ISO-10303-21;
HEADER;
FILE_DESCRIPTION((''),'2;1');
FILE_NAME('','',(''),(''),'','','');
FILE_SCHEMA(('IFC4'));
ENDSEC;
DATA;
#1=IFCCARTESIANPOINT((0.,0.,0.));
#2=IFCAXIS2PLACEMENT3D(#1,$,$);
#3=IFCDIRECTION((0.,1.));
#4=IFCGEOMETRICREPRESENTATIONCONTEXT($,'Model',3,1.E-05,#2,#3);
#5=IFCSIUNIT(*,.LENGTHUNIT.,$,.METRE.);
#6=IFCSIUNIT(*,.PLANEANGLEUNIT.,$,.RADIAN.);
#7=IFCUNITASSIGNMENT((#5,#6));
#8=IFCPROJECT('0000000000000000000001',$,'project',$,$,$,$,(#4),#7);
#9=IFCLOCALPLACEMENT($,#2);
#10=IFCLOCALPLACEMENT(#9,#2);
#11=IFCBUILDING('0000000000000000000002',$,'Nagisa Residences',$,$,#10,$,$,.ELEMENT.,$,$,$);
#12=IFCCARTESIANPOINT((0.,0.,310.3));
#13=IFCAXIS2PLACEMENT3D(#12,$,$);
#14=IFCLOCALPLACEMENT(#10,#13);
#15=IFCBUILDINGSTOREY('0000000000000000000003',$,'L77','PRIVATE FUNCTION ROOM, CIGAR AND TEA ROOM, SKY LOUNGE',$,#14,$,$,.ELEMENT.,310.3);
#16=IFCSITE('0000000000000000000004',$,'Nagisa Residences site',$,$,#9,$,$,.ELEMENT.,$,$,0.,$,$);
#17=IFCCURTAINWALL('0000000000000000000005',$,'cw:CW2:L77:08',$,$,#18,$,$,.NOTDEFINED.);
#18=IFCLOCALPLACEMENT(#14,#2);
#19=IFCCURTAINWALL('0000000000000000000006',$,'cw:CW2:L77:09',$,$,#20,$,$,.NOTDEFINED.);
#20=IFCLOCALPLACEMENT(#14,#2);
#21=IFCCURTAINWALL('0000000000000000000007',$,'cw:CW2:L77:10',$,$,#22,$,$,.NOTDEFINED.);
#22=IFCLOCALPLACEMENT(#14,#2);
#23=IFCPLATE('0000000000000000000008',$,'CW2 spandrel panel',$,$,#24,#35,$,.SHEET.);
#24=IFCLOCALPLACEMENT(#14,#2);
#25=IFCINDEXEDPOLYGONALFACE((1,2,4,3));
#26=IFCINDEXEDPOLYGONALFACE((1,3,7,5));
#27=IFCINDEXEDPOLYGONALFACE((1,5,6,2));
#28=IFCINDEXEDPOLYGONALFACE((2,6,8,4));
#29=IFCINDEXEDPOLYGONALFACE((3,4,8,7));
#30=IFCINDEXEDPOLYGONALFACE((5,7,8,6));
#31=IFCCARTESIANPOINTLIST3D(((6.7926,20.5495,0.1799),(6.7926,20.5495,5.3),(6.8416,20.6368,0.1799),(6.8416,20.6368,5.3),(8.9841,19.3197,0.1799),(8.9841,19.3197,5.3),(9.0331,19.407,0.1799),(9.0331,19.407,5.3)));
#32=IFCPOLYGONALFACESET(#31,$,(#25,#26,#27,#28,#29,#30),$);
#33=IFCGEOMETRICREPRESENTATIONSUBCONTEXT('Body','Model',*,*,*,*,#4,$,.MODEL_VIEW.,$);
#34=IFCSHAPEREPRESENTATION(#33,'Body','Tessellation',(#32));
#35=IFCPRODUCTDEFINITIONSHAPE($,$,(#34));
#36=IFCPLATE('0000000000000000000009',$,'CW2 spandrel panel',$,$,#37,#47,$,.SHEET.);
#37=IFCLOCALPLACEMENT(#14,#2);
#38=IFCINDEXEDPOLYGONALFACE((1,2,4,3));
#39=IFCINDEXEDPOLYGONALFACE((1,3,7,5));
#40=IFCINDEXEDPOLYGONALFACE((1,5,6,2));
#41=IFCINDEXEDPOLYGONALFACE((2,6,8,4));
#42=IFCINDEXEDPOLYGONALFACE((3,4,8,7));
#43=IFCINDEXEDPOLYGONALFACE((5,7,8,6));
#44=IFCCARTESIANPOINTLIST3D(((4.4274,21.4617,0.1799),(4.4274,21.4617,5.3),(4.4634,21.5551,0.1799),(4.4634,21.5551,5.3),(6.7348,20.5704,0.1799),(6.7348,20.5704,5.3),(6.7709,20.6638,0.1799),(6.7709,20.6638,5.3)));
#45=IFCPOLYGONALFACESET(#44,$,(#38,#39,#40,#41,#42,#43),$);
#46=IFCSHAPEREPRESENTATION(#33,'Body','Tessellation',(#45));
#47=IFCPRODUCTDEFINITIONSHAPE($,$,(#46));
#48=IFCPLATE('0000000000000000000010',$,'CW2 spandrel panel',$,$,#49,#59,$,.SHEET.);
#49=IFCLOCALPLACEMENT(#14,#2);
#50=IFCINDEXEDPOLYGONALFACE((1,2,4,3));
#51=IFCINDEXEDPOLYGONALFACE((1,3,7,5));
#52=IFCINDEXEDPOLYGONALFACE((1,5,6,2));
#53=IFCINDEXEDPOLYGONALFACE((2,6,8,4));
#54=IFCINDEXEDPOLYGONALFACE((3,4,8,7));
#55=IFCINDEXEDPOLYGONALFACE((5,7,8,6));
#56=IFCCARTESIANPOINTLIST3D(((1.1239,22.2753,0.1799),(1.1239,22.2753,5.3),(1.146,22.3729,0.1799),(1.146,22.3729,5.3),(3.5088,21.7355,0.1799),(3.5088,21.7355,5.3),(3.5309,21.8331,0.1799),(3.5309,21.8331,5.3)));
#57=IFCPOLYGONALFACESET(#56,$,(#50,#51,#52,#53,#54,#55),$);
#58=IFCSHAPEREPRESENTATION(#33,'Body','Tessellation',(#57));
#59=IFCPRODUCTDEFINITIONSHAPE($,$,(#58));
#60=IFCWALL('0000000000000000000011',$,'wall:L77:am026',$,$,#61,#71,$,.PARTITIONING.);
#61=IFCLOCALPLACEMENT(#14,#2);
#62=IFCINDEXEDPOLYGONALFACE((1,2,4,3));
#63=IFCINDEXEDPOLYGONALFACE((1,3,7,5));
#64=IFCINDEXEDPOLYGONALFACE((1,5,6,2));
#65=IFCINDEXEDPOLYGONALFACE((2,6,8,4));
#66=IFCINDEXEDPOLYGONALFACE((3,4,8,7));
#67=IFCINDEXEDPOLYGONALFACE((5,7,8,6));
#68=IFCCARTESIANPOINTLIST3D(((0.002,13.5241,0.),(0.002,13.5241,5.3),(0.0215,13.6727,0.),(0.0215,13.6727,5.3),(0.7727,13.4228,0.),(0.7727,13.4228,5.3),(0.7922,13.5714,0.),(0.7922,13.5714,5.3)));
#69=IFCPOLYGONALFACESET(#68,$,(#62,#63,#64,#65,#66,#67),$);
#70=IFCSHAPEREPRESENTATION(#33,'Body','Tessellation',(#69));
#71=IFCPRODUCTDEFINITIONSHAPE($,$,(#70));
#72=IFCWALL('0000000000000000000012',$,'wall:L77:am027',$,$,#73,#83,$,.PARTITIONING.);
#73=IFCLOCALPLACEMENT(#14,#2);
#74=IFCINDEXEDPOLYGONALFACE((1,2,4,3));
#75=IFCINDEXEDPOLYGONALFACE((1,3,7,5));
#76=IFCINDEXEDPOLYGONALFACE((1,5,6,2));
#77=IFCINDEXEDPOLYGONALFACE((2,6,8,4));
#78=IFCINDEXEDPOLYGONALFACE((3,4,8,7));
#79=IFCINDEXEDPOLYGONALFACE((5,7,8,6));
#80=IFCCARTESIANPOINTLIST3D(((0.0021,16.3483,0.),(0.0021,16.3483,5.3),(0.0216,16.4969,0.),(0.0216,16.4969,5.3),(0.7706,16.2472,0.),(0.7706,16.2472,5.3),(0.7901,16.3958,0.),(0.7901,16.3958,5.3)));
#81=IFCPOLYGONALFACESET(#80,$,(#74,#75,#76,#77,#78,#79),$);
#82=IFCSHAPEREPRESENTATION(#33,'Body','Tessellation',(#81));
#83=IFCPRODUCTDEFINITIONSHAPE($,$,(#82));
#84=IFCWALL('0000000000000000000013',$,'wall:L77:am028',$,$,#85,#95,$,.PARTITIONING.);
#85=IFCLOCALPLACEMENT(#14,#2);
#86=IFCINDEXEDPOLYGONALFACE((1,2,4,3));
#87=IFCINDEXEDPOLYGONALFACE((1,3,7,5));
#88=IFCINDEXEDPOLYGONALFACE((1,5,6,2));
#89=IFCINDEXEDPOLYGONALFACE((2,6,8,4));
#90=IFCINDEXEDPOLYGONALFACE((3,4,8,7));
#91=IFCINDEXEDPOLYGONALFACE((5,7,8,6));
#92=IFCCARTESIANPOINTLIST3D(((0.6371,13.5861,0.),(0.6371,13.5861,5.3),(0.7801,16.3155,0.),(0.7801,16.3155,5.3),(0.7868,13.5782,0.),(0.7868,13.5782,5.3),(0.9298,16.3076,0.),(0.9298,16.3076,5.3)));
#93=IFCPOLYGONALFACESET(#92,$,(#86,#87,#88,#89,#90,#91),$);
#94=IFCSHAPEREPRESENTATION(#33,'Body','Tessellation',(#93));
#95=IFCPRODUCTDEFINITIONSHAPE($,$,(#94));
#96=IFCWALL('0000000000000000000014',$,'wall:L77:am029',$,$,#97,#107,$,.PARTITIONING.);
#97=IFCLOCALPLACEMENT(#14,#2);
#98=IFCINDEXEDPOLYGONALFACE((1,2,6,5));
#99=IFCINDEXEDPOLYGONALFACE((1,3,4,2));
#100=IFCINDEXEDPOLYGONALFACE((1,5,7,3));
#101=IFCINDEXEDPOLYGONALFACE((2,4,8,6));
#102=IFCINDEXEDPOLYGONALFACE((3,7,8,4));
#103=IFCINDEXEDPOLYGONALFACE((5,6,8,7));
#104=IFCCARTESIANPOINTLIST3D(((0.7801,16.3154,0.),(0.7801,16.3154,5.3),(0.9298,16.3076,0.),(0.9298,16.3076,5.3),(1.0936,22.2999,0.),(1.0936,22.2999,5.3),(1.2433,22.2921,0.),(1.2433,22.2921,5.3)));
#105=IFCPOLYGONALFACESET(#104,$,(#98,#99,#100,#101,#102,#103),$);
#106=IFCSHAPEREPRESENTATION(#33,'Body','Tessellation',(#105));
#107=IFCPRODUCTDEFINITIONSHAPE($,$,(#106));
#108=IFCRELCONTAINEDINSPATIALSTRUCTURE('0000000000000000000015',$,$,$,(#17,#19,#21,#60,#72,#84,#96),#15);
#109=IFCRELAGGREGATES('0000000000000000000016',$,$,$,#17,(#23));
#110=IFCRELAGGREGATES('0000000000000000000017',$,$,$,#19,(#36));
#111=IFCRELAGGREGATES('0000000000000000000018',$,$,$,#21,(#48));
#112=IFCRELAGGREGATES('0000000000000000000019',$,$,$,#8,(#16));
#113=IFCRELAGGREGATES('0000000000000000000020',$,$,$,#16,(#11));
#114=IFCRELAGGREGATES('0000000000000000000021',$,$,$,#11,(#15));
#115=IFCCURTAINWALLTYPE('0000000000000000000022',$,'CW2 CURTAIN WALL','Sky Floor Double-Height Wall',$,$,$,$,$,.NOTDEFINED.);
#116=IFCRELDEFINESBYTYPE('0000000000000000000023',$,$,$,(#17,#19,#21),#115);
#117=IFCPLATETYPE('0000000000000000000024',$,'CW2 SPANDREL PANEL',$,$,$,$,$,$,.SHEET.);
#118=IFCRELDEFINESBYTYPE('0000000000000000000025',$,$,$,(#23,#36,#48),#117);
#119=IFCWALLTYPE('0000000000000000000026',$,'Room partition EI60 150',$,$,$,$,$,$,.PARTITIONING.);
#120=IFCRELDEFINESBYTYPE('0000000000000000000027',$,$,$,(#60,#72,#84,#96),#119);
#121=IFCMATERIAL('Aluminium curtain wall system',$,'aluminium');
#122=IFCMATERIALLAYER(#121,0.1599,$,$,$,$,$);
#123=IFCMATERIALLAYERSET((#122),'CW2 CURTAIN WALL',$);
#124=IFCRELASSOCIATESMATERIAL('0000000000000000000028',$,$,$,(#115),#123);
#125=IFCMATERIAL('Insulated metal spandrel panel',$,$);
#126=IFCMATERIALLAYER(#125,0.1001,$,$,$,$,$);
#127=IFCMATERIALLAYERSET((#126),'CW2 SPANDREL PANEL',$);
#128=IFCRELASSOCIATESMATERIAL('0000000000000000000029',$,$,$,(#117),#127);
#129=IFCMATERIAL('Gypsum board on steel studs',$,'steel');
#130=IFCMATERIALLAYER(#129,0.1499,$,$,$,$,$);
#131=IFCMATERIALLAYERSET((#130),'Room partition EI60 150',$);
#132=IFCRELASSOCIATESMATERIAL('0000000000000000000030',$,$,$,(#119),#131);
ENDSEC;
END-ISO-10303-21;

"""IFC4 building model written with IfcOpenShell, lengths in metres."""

from ifc_helpers import new_model, si_unit, direction, frame, frame_2d, origin, origin_2d, place, context, subcontext, project, spatial, rectangle, extrude, material, layer, layer_set, type_object, element, aggregate, save


model = new_model("IFC4")

# Units and contexts
model_context = context("Model", 3, precision=1e-05, world=origin(), true_north=direction((0.0, 1.0)))
body_context = subcontext(model_context, "Body", "Model", "MODEL_VIEW")
ifc_project = project(units=[si_unit("LENGTHUNIT", "METRE"), si_unit("PLANEANGLEUNIT", "RADIAN")], contexts=[model_context])

# Site, building, storey
site_placement = place(None, origin())
site = spatial("IfcSite", under=ifc_project, at=site_placement, Name="Nagisa Residences site", CompositionType="ELEMENT", RefElevation=0.0)
building_placement = place(site_placement, origin())
building = spatial("IfcBuilding", under=site, at=building_placement, Name="Nagisa Residences", CompositionType="ELEMENT")
storey_placement = place(building_placement, frame((0.0, 0.0, 310.3)))
storey = spatial("IfcBuildingStorey", under=building, at=storey_placement, Name="L77", Description="PRIVATE FUNCTION ROOM, CIGAR AND TEA ROOM, SKY LOUNGE", CompositionType="ELEMENT", Elevation=310.3)

# Curtain walls
ifc_material_1 = material(Name="Aluminium curtain wall system", Category="aluminium")
ifc_layer_1 = layer(ifc_material_1, 0.1599)
ifc_layer_set_1 = layer_set([ifc_layer_1], Name="CW2 CURTAIN WALL")
curtain_wall_type = type_object("IfcCurtainWallType", Name="CW2 CURTAIN WALL", Description="Sky Floor Double-Height Wall", PredefinedType="NOTDEFINED", material=ifc_layer_set_1)
curtain_wall_1_placement = place(storey_placement, origin())
curtain_wall_1 = element("IfcCurtainWall", 1, at=curtain_wall_1_placement, inside=storey, type_object=curtain_wall_type, Name="cw:CW2:L77:08", PredefinedType="NOTDEFINED")
curtain_wall_2_placement = place(storey_placement, origin())
curtain_wall_2 = element("IfcCurtainWall", 2, at=curtain_wall_2_placement, inside=storey, type_object=curtain_wall_type, Name="cw:CW2:L77:09", PredefinedType="NOTDEFINED")
curtain_wall_3_placement = place(storey_placement, origin())
curtain_wall_3 = element("IfcCurtainWall", 3, at=curtain_wall_3_placement, inside=storey, type_object=curtain_wall_type, Name="cw:CW2:L77:10", PredefinedType="NOTDEFINED")

# Plates
ifc_material_2 = material(Name="Insulated metal spandrel panel")
ifc_layer_2 = layer(ifc_material_2, 0.1001)
ifc_layer_set_2 = layer_set([ifc_layer_2], Name="CW2 SPANDREL PANEL")
plate_type = type_object("IfcPlateType", Name="CW2 SPANDREL PANEL", PredefinedType="SHEET", material=ifc_layer_set_2)
plate_1_placement = place(storey_placement, frame((7.9128, 19.9783, 0.1799), z_axis=(0.0, 0.0, 1.0), x_axis=(-0.872072, 0.489377, 0.0)))
plate_1 = element("IfcPlate", 4, at=plate_1_placement, type_object=plate_type, Name="CW2 spandrel panel", PredefinedType="SHEET", context=body_context, shape_type="SweptSolid", body=[
    extrude(rectangle(XDim=2.5129, YDim=0.1001, at=origin_2d()), origin(), (0.0, 0.0, 1.0), 5.1201),
])
aggregate(curtain_wall_1, [plate_1])
plate_2_placement = place(storey_placement, frame((5.5991, 21.0627, 0.1799), z_axis=(0.0, 0.0, 1.0), x_axis=(-0.932826, 0.360328, 0.0)))
plate_2 = element("IfcPlate", 5, at=plate_2_placement, type_object=plate_type, Name="CW2 spandrel panel", PredefinedType="SHEET", context=body_context, shape_type="SweptSolid", body=[
    extrude(rectangle(XDim=2.4736, YDim=0.1001, at=origin_2d()), origin(), (0.0, 0.0, 1.0), 5.1201),
])
aggregate(curtain_wall_2, [plate_2])
plate_3_placement = place(storey_placement, frame((2.3274, 22.0542, 0.1799), z_axis=(0.0, 0.0, 1.0), x_axis=(-0.975327, 0.220764, 0.0)))
plate_3 = element("IfcPlate", 6, at=plate_3_placement, type_object=plate_type, Name="CW2 spandrel panel", PredefinedType="SHEET", context=body_context, shape_type="SweptSolid", body=[
    extrude(rectangle(XDim=2.4453, YDim=0.1001, at=origin_2d()), origin(), (0.0, 0.0, 1.0), 5.1201),
])
aggregate(curtain_wall_3, [plate_3])

# Walls
ifc_material_3 = material(Name="Gypsum board on steel studs", Category="steel")
ifc_layer_3 = layer(ifc_material_3, 0.1499)
ifc_layer_set_3 = layer_set([ifc_layer_3], Name="Room partition EI60 150")
wall_type = type_object("IfcWallType", Name="Room partition EI60 150", PredefinedType="PARTITIONING", material=ifc_layer_set_3)
wall_1_placement = place(storey_placement, frame((0.0117, 13.5984, 0.0), z_axis=(0.0, 0.0, 1.0), x_axis=(0.99147, -0.130333, 0.0)))
element("IfcWall", 7, at=wall_1_placement, inside=storey, type_object=wall_type, Name="wall:L77:am026", PredefinedType="PARTITIONING", context=body_context, shape_type="SweptSolid", body=[
    extrude(rectangle(XDim=0.7773, YDim=0.1499, at=frame_2d((0.3887, 0.0))), origin(), (0.0, 0.0, 1.0), 5.3),
])
wall_2_placement = place(storey_placement, frame((0.0117, 16.4226, 0.0), z_axis=(0.0, 0.0, 1.0), x_axis=(0.991463, -0.130389, 0.0)))
element("IfcWall", 8, at=wall_2_placement, inside=storey, type_object=wall_type, Name="wall:L77:am027", PredefinedType="PARTITIONING", context=body_context, shape_type="SweptSolid", body=[
    extrude(rectangle(XDim=0.7751, YDim=0.1499, at=frame_2d((0.3877, 0.0))), origin(), (0.0, 0.0, 1.0), 5.3),
])
wall_3_placement = place(storey_placement, frame((0.7119, 13.582, 0.0), z_axis=(0.0, 0.0, 1.0), x_axis=(0.052343, 0.998629, 0.0)))
element("IfcWall", 9, at=wall_3_placement, inside=storey, type_object=wall_type, Name="wall:L77:am028", PredefinedType="PARTITIONING", context=body_context, shape_type="SweptSolid", body=[
    extrude(rectangle(XDim=2.7332, YDim=0.1499, at=frame_2d((1.3667, 0.0))), origin(), (0.0, 0.0, 1.0), 5.3),
])
wall_4_placement = place(storey_placement, frame((0.855, 16.3115, 0.0), z_axis=(0.0, 0.0, 1.0), x_axis=(0.052311, 0.998631, 0.0)))
element("IfcWall", 10, at=wall_4_placement, inside=storey, type_object=wall_type, Name="wall:L77:am029", PredefinedType="PARTITIONING", context=body_context, shape_type="SweptSolid", body=[
    extrude(rectangle(XDim=5.9927, YDim=0.1499, at=frame_2d((2.9963, 0.0))), origin(), (0.0, 0.0, 1.0), 5.3),
])

save(model, "model.ifc")
